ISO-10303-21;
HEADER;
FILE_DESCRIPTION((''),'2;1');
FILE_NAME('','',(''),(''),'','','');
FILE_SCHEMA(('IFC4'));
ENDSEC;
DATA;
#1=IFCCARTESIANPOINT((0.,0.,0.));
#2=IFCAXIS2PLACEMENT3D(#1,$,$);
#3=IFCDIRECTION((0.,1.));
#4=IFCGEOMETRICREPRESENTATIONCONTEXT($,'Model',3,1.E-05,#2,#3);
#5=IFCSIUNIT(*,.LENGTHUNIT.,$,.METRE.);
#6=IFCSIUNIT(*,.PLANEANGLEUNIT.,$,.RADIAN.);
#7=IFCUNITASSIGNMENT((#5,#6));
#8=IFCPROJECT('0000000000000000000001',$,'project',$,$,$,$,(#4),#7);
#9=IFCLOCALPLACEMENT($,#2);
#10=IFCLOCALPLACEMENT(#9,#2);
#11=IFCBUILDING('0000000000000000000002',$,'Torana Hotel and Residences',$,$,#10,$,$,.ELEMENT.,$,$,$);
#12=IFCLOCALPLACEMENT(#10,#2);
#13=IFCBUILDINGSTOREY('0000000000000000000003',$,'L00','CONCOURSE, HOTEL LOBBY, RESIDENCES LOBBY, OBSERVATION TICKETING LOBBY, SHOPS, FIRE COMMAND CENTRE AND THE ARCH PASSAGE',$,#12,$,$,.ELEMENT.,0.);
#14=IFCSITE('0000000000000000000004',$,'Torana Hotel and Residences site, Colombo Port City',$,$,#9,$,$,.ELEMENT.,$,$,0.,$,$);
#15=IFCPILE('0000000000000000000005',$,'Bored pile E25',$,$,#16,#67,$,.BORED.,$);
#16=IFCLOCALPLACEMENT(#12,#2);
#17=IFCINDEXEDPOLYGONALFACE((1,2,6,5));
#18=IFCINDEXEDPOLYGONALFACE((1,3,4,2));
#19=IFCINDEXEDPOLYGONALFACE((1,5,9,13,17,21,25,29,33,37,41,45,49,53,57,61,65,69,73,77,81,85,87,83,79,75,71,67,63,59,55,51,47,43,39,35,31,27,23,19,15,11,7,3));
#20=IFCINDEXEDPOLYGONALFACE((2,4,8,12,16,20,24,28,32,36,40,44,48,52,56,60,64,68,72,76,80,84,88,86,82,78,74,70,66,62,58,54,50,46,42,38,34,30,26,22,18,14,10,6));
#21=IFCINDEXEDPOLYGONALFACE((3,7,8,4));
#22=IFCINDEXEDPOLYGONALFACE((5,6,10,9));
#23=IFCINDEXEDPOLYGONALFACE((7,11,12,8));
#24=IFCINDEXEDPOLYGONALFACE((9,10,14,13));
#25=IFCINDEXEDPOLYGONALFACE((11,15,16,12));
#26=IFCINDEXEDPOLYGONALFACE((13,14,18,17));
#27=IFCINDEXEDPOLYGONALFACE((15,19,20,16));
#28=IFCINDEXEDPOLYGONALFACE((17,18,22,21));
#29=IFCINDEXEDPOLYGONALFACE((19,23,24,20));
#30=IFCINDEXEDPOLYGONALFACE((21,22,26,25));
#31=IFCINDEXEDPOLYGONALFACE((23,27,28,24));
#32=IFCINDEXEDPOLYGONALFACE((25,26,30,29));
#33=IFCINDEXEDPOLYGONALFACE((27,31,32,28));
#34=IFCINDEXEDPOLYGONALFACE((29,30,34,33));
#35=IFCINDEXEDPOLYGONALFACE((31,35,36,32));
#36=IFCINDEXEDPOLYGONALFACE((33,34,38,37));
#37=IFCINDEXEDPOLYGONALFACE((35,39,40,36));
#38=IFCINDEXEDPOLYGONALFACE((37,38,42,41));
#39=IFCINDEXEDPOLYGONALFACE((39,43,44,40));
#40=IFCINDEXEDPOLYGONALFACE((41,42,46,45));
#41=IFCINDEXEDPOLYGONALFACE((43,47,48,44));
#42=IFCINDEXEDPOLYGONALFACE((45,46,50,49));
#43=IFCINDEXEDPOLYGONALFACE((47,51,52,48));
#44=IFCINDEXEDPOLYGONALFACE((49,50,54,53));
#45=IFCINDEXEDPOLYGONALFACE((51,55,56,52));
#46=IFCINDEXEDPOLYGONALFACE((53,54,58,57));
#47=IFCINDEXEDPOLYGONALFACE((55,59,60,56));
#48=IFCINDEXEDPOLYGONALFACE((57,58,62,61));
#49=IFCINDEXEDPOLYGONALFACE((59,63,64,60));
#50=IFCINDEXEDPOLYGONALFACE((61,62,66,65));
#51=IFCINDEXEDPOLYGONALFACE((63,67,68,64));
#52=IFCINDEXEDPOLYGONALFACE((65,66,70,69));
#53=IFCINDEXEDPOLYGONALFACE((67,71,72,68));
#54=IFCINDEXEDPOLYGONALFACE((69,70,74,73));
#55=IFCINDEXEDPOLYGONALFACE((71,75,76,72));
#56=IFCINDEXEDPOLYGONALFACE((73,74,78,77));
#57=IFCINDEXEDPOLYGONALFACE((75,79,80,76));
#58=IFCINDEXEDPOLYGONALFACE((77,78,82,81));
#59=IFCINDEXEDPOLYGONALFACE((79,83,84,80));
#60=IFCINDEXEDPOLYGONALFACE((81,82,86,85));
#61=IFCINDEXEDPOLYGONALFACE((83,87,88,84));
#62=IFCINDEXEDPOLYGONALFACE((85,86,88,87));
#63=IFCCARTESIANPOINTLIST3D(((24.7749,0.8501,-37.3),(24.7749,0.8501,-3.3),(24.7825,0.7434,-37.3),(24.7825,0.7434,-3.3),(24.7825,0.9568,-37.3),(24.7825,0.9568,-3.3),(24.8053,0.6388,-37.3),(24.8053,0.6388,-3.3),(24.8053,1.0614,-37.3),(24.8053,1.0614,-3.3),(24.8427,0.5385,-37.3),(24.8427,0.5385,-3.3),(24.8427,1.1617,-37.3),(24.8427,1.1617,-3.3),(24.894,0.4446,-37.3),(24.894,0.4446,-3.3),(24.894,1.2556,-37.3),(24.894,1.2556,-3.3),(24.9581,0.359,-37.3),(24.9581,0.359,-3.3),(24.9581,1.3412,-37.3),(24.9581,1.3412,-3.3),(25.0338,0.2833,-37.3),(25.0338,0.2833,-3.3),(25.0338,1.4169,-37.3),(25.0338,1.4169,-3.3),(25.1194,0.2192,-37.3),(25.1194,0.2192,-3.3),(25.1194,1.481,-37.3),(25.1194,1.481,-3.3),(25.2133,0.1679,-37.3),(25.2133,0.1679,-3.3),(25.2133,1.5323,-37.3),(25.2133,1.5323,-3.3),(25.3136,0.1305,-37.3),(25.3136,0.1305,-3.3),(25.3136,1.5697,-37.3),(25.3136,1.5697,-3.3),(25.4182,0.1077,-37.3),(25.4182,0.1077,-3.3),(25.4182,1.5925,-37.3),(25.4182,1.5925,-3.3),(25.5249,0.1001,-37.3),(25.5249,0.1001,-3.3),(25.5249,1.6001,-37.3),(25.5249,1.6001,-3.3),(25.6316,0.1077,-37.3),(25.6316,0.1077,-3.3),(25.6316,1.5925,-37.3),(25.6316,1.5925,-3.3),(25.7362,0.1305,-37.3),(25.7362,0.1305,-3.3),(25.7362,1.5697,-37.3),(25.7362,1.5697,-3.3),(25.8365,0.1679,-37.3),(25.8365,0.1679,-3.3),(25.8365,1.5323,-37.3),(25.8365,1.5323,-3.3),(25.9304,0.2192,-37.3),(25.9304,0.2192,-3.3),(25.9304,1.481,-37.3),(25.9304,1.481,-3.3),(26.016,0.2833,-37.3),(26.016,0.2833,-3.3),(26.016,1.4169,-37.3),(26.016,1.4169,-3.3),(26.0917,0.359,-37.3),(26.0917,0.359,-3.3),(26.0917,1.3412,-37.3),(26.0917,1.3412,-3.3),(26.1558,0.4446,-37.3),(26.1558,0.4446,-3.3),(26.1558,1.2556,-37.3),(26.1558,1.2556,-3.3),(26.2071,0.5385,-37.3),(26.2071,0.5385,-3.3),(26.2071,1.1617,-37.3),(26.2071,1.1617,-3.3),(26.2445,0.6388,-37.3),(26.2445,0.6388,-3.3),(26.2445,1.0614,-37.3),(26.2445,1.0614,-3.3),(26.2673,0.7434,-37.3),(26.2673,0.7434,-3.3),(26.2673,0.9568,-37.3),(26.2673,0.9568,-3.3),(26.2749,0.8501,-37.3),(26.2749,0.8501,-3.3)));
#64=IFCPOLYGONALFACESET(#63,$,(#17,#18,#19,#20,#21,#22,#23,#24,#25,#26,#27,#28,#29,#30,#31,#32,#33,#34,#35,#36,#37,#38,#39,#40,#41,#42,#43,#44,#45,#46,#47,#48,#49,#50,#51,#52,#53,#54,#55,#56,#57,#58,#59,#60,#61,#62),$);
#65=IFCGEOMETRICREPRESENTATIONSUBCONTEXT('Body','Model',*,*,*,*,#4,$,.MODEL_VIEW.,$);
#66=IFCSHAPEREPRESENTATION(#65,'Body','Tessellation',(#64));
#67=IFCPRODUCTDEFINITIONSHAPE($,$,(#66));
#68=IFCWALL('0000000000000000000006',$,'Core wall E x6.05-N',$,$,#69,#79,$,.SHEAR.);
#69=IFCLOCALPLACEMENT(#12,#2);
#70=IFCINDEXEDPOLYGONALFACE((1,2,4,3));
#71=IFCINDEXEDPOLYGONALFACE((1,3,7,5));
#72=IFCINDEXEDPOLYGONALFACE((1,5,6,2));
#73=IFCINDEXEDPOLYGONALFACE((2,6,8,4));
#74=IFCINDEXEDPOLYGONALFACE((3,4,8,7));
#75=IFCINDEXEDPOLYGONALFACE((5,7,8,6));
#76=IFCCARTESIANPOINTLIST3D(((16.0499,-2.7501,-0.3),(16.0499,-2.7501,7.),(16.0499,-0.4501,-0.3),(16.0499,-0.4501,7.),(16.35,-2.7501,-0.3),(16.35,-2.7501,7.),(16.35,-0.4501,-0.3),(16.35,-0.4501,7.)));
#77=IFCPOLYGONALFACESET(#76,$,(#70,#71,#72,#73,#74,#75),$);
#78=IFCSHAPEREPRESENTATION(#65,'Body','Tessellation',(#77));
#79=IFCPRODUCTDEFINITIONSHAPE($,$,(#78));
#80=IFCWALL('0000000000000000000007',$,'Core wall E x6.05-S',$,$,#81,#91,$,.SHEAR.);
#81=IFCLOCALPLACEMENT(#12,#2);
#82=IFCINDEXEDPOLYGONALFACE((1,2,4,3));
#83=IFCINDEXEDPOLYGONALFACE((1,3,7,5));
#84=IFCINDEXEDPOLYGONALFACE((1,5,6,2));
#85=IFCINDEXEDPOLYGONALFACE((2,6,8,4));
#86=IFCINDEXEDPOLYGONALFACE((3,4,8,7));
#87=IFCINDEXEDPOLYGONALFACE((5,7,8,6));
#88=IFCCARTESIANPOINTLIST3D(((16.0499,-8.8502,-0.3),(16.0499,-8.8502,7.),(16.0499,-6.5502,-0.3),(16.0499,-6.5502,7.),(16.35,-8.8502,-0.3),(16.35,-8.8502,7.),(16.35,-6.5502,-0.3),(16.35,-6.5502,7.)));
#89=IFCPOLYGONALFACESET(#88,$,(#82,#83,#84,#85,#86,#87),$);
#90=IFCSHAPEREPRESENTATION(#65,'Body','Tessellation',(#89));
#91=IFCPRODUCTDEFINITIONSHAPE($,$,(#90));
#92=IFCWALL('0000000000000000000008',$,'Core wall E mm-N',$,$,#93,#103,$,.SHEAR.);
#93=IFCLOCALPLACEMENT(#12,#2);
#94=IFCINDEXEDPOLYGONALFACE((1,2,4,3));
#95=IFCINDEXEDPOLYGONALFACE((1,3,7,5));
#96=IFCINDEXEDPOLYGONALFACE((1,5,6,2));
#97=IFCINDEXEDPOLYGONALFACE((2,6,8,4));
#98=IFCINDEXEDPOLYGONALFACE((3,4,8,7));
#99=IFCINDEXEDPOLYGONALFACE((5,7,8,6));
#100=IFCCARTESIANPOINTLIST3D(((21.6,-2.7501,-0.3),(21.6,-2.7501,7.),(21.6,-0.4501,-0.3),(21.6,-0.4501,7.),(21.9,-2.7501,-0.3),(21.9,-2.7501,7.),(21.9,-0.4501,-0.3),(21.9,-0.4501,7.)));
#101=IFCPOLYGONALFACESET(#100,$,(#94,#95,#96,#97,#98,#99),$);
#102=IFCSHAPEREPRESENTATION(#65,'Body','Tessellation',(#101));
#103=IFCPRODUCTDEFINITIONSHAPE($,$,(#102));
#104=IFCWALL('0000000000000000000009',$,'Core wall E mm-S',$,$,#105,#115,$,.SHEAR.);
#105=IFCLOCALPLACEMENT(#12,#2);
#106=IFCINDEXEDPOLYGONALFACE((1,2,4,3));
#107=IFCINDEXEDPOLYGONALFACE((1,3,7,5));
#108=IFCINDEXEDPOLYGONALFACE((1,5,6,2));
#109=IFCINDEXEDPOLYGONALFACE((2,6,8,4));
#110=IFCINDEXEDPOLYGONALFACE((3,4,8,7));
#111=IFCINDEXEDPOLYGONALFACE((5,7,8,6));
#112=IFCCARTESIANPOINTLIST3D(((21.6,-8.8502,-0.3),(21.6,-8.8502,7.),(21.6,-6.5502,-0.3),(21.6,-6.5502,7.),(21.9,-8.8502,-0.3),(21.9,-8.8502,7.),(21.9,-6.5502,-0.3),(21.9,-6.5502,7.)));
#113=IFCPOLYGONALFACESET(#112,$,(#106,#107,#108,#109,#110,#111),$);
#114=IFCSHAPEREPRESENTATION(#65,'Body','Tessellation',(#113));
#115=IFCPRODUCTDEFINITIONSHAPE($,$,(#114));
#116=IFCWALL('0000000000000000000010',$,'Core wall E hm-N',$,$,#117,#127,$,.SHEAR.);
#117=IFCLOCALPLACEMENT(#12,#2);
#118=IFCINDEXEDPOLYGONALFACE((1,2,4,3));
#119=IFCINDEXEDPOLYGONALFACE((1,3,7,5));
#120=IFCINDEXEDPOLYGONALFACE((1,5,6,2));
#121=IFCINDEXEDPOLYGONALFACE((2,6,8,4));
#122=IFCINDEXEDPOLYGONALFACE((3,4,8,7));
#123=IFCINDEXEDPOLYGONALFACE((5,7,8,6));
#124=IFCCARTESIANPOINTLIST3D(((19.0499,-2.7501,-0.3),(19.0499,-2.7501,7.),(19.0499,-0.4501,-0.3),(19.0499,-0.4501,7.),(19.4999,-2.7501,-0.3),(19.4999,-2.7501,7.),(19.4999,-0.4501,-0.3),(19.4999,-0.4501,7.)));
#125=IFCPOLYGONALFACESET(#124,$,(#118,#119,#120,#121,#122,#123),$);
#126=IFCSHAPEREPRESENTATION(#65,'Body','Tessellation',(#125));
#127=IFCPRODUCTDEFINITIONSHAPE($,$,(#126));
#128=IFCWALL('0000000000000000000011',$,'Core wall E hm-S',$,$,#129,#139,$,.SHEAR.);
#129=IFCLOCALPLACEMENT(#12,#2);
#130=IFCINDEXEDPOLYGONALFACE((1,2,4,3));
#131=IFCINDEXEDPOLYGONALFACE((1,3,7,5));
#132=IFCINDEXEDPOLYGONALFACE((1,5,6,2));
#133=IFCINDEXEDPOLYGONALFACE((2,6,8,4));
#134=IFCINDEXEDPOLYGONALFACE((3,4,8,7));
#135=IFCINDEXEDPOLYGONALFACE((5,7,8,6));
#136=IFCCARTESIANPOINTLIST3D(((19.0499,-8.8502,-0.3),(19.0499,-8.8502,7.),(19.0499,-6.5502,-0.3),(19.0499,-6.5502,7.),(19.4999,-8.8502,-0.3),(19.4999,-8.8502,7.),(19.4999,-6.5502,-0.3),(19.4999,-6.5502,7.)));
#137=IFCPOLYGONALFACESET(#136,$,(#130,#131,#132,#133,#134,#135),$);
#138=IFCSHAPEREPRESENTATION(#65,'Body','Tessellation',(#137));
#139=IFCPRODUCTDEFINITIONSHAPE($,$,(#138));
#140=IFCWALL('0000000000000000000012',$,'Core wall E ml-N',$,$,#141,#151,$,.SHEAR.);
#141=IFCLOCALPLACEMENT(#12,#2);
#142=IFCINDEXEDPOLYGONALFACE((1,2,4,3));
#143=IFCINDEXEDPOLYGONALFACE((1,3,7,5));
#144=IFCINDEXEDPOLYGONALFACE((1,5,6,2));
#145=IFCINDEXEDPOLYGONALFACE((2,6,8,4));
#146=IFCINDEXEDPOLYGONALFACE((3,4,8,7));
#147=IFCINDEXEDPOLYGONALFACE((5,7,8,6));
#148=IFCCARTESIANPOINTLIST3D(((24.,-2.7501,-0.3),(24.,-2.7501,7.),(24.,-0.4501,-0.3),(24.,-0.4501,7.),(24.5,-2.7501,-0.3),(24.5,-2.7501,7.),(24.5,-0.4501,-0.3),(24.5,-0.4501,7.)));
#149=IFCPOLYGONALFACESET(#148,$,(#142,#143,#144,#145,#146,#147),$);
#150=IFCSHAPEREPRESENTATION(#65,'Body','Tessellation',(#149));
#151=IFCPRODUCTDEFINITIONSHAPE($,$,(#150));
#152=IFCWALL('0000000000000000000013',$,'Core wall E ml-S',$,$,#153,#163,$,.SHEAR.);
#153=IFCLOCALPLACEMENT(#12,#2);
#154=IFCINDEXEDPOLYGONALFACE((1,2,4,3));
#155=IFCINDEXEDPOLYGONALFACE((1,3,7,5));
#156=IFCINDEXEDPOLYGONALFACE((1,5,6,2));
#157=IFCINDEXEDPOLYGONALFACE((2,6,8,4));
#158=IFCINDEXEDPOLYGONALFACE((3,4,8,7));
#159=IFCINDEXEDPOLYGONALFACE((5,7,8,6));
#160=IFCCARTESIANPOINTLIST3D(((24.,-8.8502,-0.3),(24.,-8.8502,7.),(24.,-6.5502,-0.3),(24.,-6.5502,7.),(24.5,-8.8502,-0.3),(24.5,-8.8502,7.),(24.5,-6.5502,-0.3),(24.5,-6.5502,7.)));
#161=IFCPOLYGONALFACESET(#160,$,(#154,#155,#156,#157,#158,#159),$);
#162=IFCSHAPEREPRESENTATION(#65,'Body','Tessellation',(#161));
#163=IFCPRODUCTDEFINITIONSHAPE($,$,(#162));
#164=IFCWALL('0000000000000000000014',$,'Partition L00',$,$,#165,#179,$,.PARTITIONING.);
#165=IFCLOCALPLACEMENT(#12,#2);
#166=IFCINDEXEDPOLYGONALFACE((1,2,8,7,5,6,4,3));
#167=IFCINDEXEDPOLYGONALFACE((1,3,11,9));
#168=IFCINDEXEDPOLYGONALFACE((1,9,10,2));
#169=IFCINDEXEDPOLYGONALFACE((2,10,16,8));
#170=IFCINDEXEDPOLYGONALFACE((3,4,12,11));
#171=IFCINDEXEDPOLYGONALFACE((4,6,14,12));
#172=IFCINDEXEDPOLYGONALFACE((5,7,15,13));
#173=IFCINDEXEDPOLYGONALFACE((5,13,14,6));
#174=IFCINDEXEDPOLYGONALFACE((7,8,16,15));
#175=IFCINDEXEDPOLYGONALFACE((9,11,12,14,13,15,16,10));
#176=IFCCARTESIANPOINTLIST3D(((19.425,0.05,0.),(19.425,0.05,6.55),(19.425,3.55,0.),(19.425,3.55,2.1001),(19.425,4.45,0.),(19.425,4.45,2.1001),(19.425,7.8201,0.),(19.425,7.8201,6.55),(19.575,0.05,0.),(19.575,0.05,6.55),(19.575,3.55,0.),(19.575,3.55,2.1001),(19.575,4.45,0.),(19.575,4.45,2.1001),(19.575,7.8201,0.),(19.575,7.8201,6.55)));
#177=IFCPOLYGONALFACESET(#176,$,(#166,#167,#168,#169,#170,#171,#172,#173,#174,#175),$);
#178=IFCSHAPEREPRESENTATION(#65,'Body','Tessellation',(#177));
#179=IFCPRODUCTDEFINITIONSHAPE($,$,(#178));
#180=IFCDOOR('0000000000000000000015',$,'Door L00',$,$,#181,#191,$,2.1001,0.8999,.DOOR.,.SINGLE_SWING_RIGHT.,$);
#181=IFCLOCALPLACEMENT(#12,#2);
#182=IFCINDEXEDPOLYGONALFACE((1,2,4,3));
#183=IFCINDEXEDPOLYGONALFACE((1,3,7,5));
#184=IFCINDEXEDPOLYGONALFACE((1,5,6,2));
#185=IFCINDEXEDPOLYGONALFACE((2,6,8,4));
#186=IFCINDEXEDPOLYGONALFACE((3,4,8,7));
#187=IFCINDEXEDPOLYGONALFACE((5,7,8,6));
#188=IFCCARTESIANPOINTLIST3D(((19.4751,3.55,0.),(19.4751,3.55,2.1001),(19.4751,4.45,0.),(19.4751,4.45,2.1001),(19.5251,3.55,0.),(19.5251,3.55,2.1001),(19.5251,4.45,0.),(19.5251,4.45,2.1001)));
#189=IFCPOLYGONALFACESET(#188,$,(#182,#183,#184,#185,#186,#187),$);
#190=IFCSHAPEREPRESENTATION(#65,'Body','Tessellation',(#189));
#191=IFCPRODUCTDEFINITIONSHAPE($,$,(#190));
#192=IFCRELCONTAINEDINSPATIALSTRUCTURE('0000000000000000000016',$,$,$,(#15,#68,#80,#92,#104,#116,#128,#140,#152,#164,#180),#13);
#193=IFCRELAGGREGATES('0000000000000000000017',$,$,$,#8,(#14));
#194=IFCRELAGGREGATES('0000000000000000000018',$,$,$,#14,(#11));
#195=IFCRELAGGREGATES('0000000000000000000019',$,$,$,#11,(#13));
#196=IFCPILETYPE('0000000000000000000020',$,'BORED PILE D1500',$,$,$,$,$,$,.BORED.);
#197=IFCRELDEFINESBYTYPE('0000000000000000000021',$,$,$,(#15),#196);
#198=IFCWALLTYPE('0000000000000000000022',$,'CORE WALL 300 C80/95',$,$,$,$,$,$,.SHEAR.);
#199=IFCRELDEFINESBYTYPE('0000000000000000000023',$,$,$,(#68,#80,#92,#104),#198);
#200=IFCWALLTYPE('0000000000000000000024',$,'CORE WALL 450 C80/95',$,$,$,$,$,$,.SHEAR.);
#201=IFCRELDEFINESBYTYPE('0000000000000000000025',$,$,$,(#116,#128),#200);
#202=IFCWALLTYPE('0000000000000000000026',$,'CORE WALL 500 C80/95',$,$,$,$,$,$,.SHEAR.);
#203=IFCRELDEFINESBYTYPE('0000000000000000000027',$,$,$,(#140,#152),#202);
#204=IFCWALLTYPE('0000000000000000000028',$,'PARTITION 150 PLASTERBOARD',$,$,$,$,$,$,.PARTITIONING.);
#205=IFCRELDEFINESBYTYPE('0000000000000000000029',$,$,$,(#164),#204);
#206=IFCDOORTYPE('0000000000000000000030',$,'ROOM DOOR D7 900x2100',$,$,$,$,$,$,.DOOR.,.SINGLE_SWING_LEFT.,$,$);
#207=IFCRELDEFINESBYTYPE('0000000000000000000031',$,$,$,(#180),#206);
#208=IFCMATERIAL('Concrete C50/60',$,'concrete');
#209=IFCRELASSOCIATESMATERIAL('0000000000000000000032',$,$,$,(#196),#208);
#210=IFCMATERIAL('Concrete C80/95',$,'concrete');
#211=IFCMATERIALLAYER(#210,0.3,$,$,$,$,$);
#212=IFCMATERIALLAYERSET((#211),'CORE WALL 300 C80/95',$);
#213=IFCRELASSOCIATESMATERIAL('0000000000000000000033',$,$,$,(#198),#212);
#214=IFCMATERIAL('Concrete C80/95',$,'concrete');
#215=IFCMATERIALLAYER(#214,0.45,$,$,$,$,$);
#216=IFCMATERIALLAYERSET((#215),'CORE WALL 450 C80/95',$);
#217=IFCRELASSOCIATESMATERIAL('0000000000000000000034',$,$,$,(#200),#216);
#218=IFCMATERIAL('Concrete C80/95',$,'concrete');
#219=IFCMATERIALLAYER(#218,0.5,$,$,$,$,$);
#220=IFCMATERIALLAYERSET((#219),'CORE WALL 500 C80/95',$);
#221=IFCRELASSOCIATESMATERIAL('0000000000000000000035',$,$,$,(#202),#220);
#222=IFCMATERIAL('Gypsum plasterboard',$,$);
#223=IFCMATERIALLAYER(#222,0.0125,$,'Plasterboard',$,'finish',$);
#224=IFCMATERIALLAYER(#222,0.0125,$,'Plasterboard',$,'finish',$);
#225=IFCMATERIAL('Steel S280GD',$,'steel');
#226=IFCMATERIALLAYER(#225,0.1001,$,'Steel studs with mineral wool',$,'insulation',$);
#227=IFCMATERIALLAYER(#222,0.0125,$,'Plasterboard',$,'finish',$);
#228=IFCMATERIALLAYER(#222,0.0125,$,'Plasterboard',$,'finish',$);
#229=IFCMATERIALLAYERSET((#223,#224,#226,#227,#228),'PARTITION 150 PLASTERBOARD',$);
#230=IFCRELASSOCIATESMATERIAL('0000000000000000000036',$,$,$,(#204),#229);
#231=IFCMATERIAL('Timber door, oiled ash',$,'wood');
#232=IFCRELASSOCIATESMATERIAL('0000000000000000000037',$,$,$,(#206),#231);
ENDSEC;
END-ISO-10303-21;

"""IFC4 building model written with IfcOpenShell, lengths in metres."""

from ifc_helpers import new_model, si_unit, direction, frame, frame_2d, origin, origin_2d, place, context, subcontext, project, spatial, rectangle, circle, extrude, material, layer, layer_set, type_object, element, fill, save


model = new_model("IFC4")

# Units and contexts
model_context = context("Model", 3, precision=1e-05, world=origin(), true_north=direction((0.0, 1.0)))
body_context = subcontext(model_context, "Body", "Model", "MODEL_VIEW")
ifc_project = project(units=[si_unit("LENGTHUNIT", "METRE"), si_unit("PLANEANGLEUNIT", "RADIAN")], contexts=[model_context])

# Site, building, storey
site_placement = place(None, origin())
site = spatial("IfcSite", under=ifc_project, at=site_placement, Name="Torana Hotel and Residences site, Colombo Port City", CompositionType="ELEMENT", RefElevation=0.0)
building_placement = place(site_placement, origin())
building = spatial("IfcBuilding", under=site, at=building_placement, Name="Torana Hotel and Residences", CompositionType="ELEMENT")
storey_placement = place(building_placement, origin())
storey = spatial("IfcBuildingStorey", under=building, at=storey_placement, Name="L00", Description="CONCOURSE, HOTEL LOBBY, RESIDENCES LOBBY, OBSERVATION TICKETING LOBBY, SHOPS, FIRE COMMAND CENTRE AND THE ARCH PASSAGE", CompositionType="ELEMENT", Elevation=0.0)

# Pile
ifc_material_1 = material(Name="Concrete C50/60", Category="concrete")
pile_type = type_object("IfcPileType", Name="BORED PILE D1500", PredefinedType="BORED", material=ifc_material_1)
for number, where, z_axis, x_axis, name in (
    (1, (25.5249, 0.8501, -3.3), (0.0, 0.0, -1.0), (1.0, 0.0, 0.0), "Bored pile E25"),
):
    element("IfcPile", number, at=place(storey_placement, frame(where, z_axis=z_axis, x_axis=x_axis)), inside=storey, type_object=pile_type, Name=name, PredefinedType="BORED", context=body_context, shape_type="SweptSolid", body=[
        extrude(circle(Radius=0.75, at=origin_2d()), origin(), (0.0, 0.0, 1.0), 34.0),
    ])

# Walls
ifc_material_2 = material(Name="Concrete C80/95", Category="concrete")
ifc_layer_1 = layer(ifc_material_2, 0.3)
ifc_layer_set_1 = layer_set([ifc_layer_1], Name="CORE WALL 300 C80/95")
wall_type_1 = type_object("IfcWallType", Name="CORE WALL 300 C80/95", PredefinedType="SHEAR", material=ifc_layer_set_1)
for number, where, z_axis, x_axis, name in (
    (2, (16.2, -2.75, -0.3), (0.0, 0.0, 1.0), (0.0, 1.0, 0.0), "Core wall E x6.05-N"),
    (3, (16.2, -8.8501, -0.3), (0.0, 0.0, 1.0), (0.0, 1.0, 0.0), "Core wall E x6.05-S"),
    (4, (21.75, -2.75, -0.3), (0.0, 0.0, 1.0), (0.0, 1.0, 0.0), "Core wall E mm-N"),
    (5, (21.75, -8.8501, -0.3), (0.0, 0.0, 1.0), (0.0, 1.0, 0.0), "Core wall E mm-S"),
):
    element("IfcWall", number, at=place(storey_placement, frame(where, z_axis=z_axis, x_axis=x_axis)), inside=storey, type_object=wall_type_1, Name=name, PredefinedType="SHEAR", context=body_context, shape_type="SweptSolid", body=[
        extrude(rectangle(XDim=2.3, YDim=0.3, at=frame_2d((1.1499, 0.0))), origin(), (0.0, 0.0, 1.0), 7.3),
    ])
ifc_material_3 = material(Name="Concrete C80/95", Category="concrete")
ifc_layer_2 = layer(ifc_material_3, 0.45)
ifc_layer_set_2 = layer_set([ifc_layer_2], Name="CORE WALL 450 C80/95")
wall_type_2 = type_object("IfcWallType", Name="CORE WALL 450 C80/95", PredefinedType="SHEAR", material=ifc_layer_set_2)
for number, where, z_axis, x_axis, name in (
    (6, (19.2749, -2.75, -0.3), (0.0, 0.0, 1.0), (0.0, 1.0, 0.0), "Core wall E hm-N"),
    (7, (19.2749, -8.8501, -0.3), (0.0, 0.0, 1.0), (0.0, 1.0, 0.0), "Core wall E hm-S"),
):
    element("IfcWall", number, at=place(storey_placement, frame(where, z_axis=z_axis, x_axis=x_axis)), inside=storey, type_object=wall_type_2, Name=name, PredefinedType="SHEAR", context=body_context, shape_type="SweptSolid", body=[
        extrude(rectangle(XDim=2.3, YDim=0.45, at=frame_2d((1.1499, 0.0))), origin(), (0.0, 0.0, 1.0), 7.3),
    ])
ifc_material_4 = material(Name="Concrete C80/95", Category="concrete")
ifc_layer_3 = layer(ifc_material_4, 0.5)
ifc_layer_set_3 = layer_set([ifc_layer_3], Name="CORE WALL 500 C80/95")
wall_type_3 = type_object("IfcWallType", Name="CORE WALL 500 C80/95", PredefinedType="SHEAR", material=ifc_layer_set_3)
for number, where, z_axis, x_axis, name in (
    (8, (24.25, -2.75, -0.3), (0.0, 0.0, 1.0), (0.0, 1.0, 0.0), "Core wall E ml-N"),
    (9, (24.25, -8.8501, -0.3), (0.0, 0.0, 1.0), (0.0, 1.0, 0.0), "Core wall E ml-S"),
):
    element("IfcWall", number, at=place(storey_placement, frame(where, z_axis=z_axis, x_axis=x_axis)), inside=storey, type_object=wall_type_3, Name=name, PredefinedType="SHEAR", context=body_context, shape_type="SweptSolid", body=[
        extrude(rectangle(XDim=2.3, YDim=0.5, at=frame_2d((1.1499, 0.0))), origin(), (0.0, 0.0, 1.0), 7.3),
    ])

# Wall, opening, door
ifc_material_5 = material(Name="Gypsum plasterboard")
ifc_layer_4 = layer(ifc_material_5, 0.0125, Name="Plasterboard", Category="finish")
ifc_layer_5 = layer(ifc_material_5, 0.0125, Name="Plasterboard", Category="finish")
ifc_material_6 = material(Name="Steel S280GD", Category="steel")
ifc_layer_6 = layer(ifc_material_6, 0.1001, Name="Steel studs with mineral wool", Category="insulation")
ifc_layer_7 = layer(ifc_material_5, 0.0125, Name="Plasterboard", Category="finish")
ifc_layer_8 = layer(ifc_material_5, 0.0125, Name="Plasterboard", Category="finish")
ifc_layer_set_4 = layer_set([ifc_layer_4, ifc_layer_5, ifc_layer_6, ifc_layer_7, ifc_layer_8], Name="PARTITION 150 PLASTERBOARD")
wall_type_4 = type_object("IfcWallType", Name="PARTITION 150 PLASTERBOARD", PredefinedType="PARTITIONING", material=ifc_layer_set_4)
wall_placement = place(storey_placement, frame((19.5, 0.05, 0.0), z_axis=(0.0, 0.0, 1.0), x_axis=(0.0, 1.0, 0.0)))
wall = element("IfcWall", 10, at=wall_placement, inside=storey, type_object=wall_type_4, Name="Partition L00", PredefinedType="PARTITIONING", context=body_context, shape_type="SweptSolid", body=[
    extrude(rectangle(XDim=7.77, YDim=0.1499, at=frame_2d((3.885, 0.0))), origin(), (0.0, 0.0, 1.0), 6.55),
])
opening_placement = place(wall_placement, frame((3.5, 0.0, 0.0)))
opening = element("IfcOpeningElement", 11, at=opening_placement, cuts=wall, PredefinedType="OPENING", context=body_context, shape_type="SweptSolid", body=[
    extrude(rectangle(XDim=0.8999, YDim=2.1001, at=frame_2d((0.45, 1.05))), frame((0.0, 0.085, 0.0), z_axis=(0.0, -1.0, 0.0), x_axis=(1.0, 0.0, 0.0)), (0.0, 0.0, 1.0), 0.1699),
])
ifc_material_7 = material(Name="Timber door, oiled ash", Category="wood")
door_type = type_object("IfcDoorType", Name="ROOM DOOR D7 900x2100", OperationType="SINGLE_SWING_LEFT", PredefinedType="DOOR", material=ifc_material_7)
door_placement = place(opening_placement, origin())
door = element("IfcDoor", 12, at=door_placement, inside=storey, type_object=door_type, Name="Door L00", OperationType="SINGLE_SWING_RIGHT", OverallHeight=2.1001, OverallWidth=0.8999, PredefinedType="DOOR", context=body_context, shape_type="SweptSolid", body=[
    extrude(rectangle(XDim=0.8999, YDim=2.1001, at=frame_2d((0.45, 1.05))), frame((0.0, 0.0249, 0.0), z_axis=(0.0, -1.0, 0.0), x_axis=(1.0, 0.0, 0.0)), (0.0, 0.0, 1.0), 0.05),
])
fill(opening, door)

save(model, "model.ifc")
